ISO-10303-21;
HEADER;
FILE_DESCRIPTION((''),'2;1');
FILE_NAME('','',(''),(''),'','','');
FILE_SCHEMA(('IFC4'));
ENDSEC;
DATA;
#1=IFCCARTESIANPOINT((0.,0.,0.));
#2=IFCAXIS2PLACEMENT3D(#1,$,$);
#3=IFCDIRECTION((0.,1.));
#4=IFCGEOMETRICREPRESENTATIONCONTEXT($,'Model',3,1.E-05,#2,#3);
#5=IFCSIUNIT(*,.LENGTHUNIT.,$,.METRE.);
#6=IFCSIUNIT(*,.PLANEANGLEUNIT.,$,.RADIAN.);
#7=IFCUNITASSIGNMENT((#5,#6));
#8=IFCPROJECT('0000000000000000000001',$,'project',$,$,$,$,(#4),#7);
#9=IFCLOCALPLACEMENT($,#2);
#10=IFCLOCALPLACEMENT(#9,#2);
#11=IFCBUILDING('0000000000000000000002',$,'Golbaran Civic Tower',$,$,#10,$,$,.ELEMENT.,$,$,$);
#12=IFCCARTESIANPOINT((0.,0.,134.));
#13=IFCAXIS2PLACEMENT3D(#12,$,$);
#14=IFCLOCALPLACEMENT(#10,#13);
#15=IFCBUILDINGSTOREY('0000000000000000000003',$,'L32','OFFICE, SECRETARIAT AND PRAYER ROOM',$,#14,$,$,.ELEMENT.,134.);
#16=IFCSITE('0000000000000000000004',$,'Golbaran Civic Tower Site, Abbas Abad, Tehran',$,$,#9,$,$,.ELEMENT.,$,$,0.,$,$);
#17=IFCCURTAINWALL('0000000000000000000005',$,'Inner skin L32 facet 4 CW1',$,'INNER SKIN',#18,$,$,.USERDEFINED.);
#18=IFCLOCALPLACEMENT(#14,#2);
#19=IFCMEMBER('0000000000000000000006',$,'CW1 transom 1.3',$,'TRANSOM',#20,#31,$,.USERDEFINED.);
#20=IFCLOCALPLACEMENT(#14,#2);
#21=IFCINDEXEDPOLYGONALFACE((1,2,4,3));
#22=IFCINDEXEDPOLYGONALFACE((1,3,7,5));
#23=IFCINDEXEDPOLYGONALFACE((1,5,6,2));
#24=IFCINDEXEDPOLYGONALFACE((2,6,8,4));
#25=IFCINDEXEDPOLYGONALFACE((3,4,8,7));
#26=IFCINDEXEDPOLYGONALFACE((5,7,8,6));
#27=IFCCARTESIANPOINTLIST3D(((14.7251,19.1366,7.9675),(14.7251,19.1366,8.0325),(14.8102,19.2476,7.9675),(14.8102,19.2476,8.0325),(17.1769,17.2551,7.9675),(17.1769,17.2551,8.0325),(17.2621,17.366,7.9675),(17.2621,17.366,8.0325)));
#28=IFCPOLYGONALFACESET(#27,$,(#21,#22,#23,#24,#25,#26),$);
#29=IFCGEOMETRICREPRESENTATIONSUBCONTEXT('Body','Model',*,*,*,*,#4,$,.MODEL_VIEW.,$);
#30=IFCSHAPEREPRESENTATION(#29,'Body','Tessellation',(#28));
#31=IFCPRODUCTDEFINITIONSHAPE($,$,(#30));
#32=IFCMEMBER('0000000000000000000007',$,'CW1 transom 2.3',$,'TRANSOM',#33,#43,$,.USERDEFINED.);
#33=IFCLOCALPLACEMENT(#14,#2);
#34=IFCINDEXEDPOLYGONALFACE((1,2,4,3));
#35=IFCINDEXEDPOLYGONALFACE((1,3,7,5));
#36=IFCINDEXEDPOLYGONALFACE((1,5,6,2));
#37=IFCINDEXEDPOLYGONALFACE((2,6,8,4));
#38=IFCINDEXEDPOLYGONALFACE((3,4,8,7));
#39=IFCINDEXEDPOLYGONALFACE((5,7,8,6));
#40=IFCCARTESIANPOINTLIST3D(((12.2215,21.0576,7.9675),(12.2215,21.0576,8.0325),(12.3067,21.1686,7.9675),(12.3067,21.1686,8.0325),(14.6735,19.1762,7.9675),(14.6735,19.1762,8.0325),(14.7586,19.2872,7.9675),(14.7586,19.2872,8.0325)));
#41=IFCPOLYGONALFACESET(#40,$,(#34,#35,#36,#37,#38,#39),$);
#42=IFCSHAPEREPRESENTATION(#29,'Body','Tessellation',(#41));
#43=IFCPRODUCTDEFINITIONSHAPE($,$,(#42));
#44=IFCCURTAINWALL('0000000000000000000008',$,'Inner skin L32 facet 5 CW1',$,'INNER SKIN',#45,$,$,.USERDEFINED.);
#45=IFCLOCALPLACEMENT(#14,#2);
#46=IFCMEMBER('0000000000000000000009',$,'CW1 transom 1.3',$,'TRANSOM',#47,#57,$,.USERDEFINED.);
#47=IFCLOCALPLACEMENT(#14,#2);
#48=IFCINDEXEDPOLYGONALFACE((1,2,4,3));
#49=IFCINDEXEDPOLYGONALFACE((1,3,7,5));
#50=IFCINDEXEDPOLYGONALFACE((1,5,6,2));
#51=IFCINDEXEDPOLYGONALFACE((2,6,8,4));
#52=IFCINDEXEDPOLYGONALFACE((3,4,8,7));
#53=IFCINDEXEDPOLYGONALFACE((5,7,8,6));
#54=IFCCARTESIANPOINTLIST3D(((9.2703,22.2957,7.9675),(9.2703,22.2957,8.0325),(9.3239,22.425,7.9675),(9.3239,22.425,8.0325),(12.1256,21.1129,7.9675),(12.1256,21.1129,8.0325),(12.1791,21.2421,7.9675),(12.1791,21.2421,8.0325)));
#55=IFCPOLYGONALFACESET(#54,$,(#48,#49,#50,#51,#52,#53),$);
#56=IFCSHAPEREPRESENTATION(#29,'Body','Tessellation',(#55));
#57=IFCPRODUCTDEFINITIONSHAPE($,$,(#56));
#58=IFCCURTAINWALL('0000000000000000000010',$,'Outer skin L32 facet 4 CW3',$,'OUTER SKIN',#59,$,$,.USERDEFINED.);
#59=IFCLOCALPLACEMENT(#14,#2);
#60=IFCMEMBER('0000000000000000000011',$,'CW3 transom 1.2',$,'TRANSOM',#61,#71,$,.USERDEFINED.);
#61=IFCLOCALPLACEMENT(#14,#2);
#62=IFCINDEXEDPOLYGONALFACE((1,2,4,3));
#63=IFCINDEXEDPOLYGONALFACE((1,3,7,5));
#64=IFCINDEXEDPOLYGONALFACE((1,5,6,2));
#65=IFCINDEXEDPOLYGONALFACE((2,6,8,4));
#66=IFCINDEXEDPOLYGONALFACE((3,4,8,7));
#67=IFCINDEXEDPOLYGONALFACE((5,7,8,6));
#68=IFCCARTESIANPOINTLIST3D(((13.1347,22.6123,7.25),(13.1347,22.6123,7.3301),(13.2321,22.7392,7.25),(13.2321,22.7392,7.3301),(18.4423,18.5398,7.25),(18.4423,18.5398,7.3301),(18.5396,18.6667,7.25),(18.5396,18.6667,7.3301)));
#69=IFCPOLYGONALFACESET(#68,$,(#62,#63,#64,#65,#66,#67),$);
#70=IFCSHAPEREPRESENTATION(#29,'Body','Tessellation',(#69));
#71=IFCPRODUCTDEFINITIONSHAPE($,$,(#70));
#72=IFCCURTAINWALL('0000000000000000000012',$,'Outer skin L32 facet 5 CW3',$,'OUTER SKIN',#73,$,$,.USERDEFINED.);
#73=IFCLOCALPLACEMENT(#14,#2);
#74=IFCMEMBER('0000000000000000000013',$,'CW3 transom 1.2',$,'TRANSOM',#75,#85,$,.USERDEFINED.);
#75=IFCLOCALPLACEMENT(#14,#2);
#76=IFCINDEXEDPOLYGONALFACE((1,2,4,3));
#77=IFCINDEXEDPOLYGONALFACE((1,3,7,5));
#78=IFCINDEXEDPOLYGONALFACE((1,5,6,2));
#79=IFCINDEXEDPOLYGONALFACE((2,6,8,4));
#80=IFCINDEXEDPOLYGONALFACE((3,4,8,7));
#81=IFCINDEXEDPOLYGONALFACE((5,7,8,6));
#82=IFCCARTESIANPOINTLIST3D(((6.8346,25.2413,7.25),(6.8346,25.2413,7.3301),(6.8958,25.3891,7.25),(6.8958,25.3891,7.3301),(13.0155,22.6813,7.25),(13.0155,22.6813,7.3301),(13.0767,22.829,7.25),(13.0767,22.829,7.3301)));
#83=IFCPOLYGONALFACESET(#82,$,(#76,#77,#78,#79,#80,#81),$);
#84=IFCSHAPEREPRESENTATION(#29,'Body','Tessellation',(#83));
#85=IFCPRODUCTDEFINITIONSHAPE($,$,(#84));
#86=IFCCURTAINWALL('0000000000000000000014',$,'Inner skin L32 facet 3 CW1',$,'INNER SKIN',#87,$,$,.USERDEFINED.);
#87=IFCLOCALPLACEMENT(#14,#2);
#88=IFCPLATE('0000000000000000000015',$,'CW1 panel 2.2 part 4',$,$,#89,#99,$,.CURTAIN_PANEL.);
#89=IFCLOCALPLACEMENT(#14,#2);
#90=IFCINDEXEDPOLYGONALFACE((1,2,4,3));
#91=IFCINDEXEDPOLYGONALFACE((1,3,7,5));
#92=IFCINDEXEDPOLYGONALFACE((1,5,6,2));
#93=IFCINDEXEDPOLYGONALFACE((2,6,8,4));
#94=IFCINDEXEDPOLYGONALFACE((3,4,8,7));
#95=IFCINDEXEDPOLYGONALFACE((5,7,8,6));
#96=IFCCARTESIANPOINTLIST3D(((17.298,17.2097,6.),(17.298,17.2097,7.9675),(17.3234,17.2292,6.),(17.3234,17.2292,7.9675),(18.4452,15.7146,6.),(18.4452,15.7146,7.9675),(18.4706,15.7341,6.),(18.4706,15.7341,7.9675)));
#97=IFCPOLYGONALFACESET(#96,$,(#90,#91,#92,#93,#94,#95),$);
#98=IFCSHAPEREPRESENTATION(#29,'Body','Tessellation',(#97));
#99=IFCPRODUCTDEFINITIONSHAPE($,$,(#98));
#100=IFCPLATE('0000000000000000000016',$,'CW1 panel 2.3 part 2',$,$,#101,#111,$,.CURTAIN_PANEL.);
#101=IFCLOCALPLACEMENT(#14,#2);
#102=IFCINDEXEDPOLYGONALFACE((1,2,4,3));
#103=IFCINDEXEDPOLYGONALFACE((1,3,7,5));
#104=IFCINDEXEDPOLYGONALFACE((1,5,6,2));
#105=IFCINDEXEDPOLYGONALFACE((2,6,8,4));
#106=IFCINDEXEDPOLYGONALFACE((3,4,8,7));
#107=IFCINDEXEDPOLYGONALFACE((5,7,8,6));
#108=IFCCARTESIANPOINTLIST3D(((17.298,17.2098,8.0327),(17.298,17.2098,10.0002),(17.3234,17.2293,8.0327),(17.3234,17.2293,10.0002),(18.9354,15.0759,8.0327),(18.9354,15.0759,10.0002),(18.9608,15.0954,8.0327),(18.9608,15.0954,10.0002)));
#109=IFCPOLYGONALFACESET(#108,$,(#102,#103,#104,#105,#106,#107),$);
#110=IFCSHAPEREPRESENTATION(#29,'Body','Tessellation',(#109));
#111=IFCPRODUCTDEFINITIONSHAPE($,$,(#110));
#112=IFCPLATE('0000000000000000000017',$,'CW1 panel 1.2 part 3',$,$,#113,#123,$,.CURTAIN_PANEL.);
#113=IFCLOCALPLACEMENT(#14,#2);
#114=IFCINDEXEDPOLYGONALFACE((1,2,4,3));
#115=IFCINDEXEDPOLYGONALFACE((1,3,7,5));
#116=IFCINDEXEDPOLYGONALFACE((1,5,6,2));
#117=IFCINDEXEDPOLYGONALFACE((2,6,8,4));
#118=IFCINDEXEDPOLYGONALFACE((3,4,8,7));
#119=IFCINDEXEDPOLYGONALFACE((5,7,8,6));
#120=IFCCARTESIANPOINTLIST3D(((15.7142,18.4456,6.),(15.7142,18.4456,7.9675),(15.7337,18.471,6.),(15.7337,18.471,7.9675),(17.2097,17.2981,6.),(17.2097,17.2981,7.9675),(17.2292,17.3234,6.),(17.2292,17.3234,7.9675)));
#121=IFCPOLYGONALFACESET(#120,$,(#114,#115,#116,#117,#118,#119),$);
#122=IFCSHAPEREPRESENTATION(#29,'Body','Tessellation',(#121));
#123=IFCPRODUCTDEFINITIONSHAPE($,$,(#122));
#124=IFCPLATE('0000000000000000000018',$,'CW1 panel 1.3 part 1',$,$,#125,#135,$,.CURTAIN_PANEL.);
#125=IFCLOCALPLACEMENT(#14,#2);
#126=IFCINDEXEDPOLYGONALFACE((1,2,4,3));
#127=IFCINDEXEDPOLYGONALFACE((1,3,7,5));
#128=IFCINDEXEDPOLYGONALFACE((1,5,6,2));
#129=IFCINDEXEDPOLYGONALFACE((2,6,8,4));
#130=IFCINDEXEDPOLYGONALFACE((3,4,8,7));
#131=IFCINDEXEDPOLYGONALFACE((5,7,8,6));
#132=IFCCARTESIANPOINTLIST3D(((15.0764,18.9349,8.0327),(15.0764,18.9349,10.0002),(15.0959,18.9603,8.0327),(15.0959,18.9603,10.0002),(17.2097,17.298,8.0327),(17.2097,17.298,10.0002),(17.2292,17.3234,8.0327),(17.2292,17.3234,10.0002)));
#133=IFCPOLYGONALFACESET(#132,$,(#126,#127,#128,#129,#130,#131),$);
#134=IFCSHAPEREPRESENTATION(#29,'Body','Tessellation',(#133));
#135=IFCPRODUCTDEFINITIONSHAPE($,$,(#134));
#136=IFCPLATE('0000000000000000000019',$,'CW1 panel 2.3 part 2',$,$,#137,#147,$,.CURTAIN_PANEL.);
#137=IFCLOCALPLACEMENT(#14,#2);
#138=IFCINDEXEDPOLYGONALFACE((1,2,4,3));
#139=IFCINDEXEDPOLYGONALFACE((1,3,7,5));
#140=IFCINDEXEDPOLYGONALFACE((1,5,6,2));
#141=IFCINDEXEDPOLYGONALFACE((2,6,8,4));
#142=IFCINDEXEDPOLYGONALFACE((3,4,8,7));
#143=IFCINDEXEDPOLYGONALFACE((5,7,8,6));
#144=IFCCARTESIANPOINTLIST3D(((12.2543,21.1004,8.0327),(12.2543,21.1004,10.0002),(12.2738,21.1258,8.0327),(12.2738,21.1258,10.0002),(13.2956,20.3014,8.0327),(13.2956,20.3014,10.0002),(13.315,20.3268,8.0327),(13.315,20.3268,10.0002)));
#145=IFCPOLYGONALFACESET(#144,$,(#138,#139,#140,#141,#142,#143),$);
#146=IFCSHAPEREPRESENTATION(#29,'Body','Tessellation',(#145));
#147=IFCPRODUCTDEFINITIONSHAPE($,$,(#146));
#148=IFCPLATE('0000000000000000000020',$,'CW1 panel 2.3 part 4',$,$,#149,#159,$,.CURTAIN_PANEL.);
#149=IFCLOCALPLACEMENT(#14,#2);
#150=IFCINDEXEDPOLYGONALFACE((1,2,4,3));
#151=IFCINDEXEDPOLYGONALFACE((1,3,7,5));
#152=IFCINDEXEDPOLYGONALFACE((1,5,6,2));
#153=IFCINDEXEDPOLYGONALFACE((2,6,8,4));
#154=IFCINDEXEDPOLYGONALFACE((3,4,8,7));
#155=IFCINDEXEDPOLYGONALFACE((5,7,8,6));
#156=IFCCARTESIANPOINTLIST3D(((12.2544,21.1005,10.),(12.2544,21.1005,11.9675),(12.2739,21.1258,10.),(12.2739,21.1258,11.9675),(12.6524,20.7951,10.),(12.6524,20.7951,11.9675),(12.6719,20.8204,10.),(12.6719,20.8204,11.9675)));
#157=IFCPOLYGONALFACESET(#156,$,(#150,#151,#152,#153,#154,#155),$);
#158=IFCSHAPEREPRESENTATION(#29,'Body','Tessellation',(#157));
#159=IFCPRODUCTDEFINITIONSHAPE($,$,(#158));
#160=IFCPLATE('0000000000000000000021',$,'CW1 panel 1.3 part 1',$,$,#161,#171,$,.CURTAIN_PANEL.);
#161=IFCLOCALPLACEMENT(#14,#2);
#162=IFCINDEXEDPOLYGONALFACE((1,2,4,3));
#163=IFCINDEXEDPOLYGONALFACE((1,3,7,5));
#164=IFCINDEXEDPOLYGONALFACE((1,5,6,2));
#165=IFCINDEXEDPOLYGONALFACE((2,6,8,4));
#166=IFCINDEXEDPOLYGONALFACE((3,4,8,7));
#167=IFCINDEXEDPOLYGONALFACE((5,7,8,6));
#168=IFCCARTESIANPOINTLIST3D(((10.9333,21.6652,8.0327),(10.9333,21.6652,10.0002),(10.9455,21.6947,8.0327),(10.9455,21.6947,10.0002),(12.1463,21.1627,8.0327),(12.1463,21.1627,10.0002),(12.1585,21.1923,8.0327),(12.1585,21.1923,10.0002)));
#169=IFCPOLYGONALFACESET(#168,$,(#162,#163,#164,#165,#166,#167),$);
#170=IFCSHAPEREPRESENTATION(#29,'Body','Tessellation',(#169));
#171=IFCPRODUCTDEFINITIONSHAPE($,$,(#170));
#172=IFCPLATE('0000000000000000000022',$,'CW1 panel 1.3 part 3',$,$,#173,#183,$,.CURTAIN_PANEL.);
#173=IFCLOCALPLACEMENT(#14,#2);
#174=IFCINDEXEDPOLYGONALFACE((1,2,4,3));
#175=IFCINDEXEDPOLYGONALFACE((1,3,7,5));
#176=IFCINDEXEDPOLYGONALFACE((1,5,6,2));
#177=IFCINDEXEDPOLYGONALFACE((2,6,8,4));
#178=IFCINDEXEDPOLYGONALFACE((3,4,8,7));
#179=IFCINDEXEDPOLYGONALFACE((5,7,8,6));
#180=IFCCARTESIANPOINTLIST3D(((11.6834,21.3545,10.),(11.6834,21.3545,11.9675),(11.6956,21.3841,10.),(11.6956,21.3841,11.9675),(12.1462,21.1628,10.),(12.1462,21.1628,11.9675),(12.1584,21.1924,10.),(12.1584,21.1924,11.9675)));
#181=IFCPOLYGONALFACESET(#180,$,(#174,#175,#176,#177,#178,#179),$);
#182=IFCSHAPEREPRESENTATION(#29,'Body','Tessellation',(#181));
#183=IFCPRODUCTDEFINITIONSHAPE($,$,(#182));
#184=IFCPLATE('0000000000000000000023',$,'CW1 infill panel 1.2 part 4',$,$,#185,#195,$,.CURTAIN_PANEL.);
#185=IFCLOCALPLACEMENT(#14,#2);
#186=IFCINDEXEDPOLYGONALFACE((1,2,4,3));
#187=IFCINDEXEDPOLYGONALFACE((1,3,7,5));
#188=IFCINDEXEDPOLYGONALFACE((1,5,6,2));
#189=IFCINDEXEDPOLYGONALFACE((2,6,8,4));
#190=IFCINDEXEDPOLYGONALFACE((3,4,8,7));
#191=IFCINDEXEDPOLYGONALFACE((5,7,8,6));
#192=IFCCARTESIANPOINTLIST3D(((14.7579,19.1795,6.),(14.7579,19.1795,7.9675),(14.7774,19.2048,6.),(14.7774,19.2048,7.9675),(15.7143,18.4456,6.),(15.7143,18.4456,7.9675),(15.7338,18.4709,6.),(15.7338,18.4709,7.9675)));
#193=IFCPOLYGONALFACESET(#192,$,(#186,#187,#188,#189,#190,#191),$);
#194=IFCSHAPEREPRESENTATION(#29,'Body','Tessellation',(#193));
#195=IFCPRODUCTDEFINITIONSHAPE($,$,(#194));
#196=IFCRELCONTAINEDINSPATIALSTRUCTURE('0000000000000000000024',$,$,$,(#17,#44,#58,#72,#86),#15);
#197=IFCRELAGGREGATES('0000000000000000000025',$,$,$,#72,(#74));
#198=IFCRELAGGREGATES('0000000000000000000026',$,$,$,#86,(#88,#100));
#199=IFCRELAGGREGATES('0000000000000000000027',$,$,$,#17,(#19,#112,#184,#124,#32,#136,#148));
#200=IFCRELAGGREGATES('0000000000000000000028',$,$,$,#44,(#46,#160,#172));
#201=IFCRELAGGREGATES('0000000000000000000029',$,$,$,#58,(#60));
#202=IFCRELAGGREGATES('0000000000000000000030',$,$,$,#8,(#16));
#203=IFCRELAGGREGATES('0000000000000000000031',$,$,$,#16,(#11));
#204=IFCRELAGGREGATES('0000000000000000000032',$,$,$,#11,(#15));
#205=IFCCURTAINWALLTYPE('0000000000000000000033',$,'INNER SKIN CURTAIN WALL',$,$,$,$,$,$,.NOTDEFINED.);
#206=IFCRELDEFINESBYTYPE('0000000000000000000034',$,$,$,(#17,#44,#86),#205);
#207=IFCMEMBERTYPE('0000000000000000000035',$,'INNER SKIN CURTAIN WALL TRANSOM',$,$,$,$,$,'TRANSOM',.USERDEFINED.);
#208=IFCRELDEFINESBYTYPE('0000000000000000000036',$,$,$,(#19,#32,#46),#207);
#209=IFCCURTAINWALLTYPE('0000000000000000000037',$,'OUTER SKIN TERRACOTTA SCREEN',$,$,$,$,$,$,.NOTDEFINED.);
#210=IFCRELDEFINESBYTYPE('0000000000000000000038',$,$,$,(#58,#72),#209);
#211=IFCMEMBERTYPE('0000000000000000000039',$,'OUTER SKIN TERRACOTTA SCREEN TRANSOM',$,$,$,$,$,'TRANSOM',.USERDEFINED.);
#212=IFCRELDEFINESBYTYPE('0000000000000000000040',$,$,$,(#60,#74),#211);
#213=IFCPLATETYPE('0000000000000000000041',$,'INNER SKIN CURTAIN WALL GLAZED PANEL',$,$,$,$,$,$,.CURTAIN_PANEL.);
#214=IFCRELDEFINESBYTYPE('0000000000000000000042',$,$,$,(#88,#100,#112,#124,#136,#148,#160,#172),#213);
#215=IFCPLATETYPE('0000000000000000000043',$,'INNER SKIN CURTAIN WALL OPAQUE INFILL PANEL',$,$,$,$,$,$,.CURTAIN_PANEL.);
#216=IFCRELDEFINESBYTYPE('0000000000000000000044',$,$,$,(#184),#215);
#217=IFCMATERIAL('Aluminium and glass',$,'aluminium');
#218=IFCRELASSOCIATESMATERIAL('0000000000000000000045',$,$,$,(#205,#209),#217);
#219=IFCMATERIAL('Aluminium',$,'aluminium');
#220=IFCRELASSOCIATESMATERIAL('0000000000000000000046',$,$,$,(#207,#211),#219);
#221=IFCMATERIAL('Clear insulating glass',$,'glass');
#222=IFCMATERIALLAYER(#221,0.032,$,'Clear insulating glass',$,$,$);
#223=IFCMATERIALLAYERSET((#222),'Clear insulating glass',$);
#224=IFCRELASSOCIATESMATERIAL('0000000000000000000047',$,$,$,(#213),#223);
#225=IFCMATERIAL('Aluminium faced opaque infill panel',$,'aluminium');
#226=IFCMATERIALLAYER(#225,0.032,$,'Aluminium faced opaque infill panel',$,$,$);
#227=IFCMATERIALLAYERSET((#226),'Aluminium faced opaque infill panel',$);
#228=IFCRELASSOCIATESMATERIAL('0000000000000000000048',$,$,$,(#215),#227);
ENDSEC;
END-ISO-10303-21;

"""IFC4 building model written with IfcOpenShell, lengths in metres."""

from ifc_helpers import new_model, si_unit, direction, frame, origin, origin_2d, place, context, subcontext, project, spatial, rectangle, extrude, material, layer, layer_set, material_profile, profile_set, type_object, element, aggregate, save


model = new_model("IFC4")

# Units and contexts
model_context = context("Model", 3, precision=1e-05, world=origin(), true_north=direction((0.0, 1.0)))
body_context = subcontext(model_context, "Body", "Model", "MODEL_VIEW")
ifc_project = project(units=[si_unit("LENGTHUNIT", "METRE"), si_unit("PLANEANGLEUNIT", "RADIAN")], contexts=[model_context])

# Site, building, storey
site_placement = place(None, origin())
site = spatial("IfcSite", under=ifc_project, at=site_placement, Name="Golbaran Civic Tower Site, Abbas Abad, Tehran", CompositionType="ELEMENT", RefElevation=0.0)
building_placement = place(site_placement, origin())
building = spatial("IfcBuilding", under=site, at=building_placement, Name="Golbaran Civic Tower", CompositionType="ELEMENT")
storey_placement = place(building_placement, frame((0.0, 0.0, 134.0)))
storey = spatial("IfcBuildingStorey", under=building, at=storey_placement, Name="L32", Description="OFFICE, SECRETARIAT AND PRAYER ROOM", CompositionType="ELEMENT", Elevation=134.0)

# Curtain wall, members
ifc_material_1 = material(Name="Aluminium and glass", Category="aluminium")
curtain_wall_type_1 = type_object("IfcCurtainWallType", Name="INNER SKIN CURTAIN WALL", PredefinedType="NOTDEFINED", material=ifc_material_1)
curtain_wall_1_placement = place(storey_placement, origin())
curtain_wall_1 = element("IfcCurtainWall", 1, at=curtain_wall_1_placement, inside=storey, type_object=curtain_wall_type_1, Name="Inner skin L32 facet 4 CW1", ObjectType="INNER SKIN", PredefinedType="USERDEFINED")
ifc_material_2 = material(Name="Aluminium", Category="aluminium")
ifc_material_profile_1 = material_profile(ifc_material_2, rectangle(XDim=0.1399, YDim=0.0649, at=origin_2d()), Name="INNER SKIN CURTAIN WALL TRANSOM")
ifc_profile_set_1 = profile_set([ifc_material_profile_1], Name="Aluminium")
member_type_1 = type_object("IfcMemberType", Name="INNER SKIN CURTAIN WALL TRANSOM", ElementType="TRANSOM", PredefinedType="USERDEFINED", material=ifc_profile_set_1)
member_1_placement = place(storey_placement, frame((17.2195, 17.3105, 8.0), z_axis=(-0.793325, 0.608798, 0.0), x_axis=(-0.608798, -0.793325, 0.0)))
member_1 = element("IfcMember", 2, at=member_1_placement, type_object=member_type_1, Name="CW1 transom 1.3", ObjectType="TRANSOM", PredefinedType="USERDEFINED", context=body_context, shape_type="SweptSolid", body=[
    extrude(rectangle(XDim=0.1399, YDim=0.0649, at=origin_2d()), origin(), (0.0, 0.0, 1.0), 3.0906),
])
member_2_placement = place(storey_placement, frame((14.7161, 19.2317, 8.0), z_axis=(-0.793363, 0.608748, 0.0), x_axis=(-0.608748, -0.793363, 0.0)))
member_2 = element("IfcMember", 3, at=member_2_placement, type_object=member_type_1, Name="CW1 transom 2.3", ObjectType="TRANSOM", PredefinedType="USERDEFINED", context=body_context, shape_type="SweptSolid", body=[
    extrude(rectangle(XDim=0.1399, YDim=0.0649, at=origin_2d()), origin(), (0.0, 0.0, 1.0), 3.0906),
])

# Curtain walls, members
curtain_wall_2_placement = place(storey_placement, origin())
curtain_wall_2 = element("IfcCurtainWall", 4, at=curtain_wall_2_placement, inside=storey, type_object=curtain_wall_type_1, Name="Inner skin L32 facet 5 CW1", ObjectType="INNER SKIN", PredefinedType="USERDEFINED")
member_3_placement = place(storey_placement, frame((12.1523, 21.1775, 8.0), z_axis=(-0.923858, 0.382736, 0.0), x_axis=(-0.382736, -0.923858, 0.0)))
member_3 = element("IfcMember", 5, at=member_3_placement, type_object=member_type_1, Name="CW1 transom 1.3", ObjectType="TRANSOM", PredefinedType="USERDEFINED", context=body_context, shape_type="SweptSolid", body=[
    extrude(rectangle(XDim=0.1399, YDim=0.0649, at=origin_2d()), origin(), (0.0, 0.0, 1.0), 3.0906),
])
curtain_wall_type_2 = type_object("IfcCurtainWallType", Name="OUTER SKIN TERRACOTTA SCREEN", PredefinedType="NOTDEFINED", material=ifc_material_1)
curtain_wall_3_placement = place(storey_placement, origin())
curtain_wall_3 = element("IfcCurtainWall", 6, at=curtain_wall_3_placement, inside=storey, type_object=curtain_wall_type_2, Name="Outer skin L32 facet 4 CW3", ObjectType="OUTER SKIN", PredefinedType="USERDEFINED")
ifc_material_profile_2 = material_profile(ifc_material_2, rectangle(XDim=0.1599, YDim=0.0801, at=origin_2d()), Name="OUTER SKIN TERRACOTTA SCREEN TRANSOM")
ifc_profile_set_2 = profile_set([ifc_material_profile_2], Name="Aluminium")
member_type_2 = type_object("IfcMemberType", Name="OUTER SKIN TERRACOTTA SCREEN TRANSOM", ElementType="TRANSOM", PredefinedType="USERDEFINED", material=ifc_profile_set_2)
member_4_placement = place(storey_placement, frame((18.491, 18.6033, 7.29), z_axis=(-0.793365, 0.608746, 0.0), x_axis=(-0.608746, -0.793365, 0.0)))
member_4 = element("IfcMember", 7, at=member_4_placement, type_object=member_type_2, Name="CW3 transom 1.2", ObjectType="TRANSOM", PredefinedType="USERDEFINED", context=body_context, shape_type="SweptSolid", body=[
    extrude(rectangle(XDim=0.1599, YDim=0.0801, at=origin_2d()), origin(), (0.0, 0.0, 1.0), 6.6899),
])
curtain_wall_4_placement = place(storey_placement, origin())
curtain_wall_4 = element("IfcCurtainWall", 8, at=curtain_wall_4_placement, inside=storey, type_object=curtain_wall_type_2, Name="Outer skin L32 facet 5 CW3", ObjectType="OUTER SKIN", PredefinedType="USERDEFINED")
member_5_placement = place(storey_placement, frame((13.0461, 22.7551, 7.29), z_axis=(-0.923888, 0.382663, 0.0), x_axis=(-0.382663, -0.923888, 0.0)))
member_5 = element("IfcMember", 9, at=member_5_placement, type_object=member_type_2, Name="CW3 transom 1.2", ObjectType="TRANSOM", PredefinedType="USERDEFINED", context=body_context, shape_type="SweptSolid", body=[
    extrude(rectangle(XDim=0.1599, YDim=0.0801, at=origin_2d()), origin(), (0.0, 0.0, 1.0), 6.6902),
])
aggregate(curtain_wall_4, [member_5])

# Curtain wall, plates
curtain_wall_5_placement = place(storey_placement, origin())
curtain_wall_5 = element("IfcCurtainWall", 10, at=curtain_wall_5_placement, inside=storey, type_object=curtain_wall_type_1, Name="Inner skin L32 facet 3 CW1", ObjectType="INNER SKIN", PredefinedType="USERDEFINED")
ifc_material_3 = material(Name="Clear insulating glass", Category="glass")
ifc_layer_1 = layer(ifc_material_3, 0.032, Name="Clear insulating glass")
ifc_layer_set_1 = layer_set([ifc_layer_1], Name="Clear insulating glass")
plate_type_1 = type_object("IfcPlateType", Name="INNER SKIN CURTAIN WALL GLAZED PANEL", PredefinedType="CURTAIN_PANEL", material=ifc_layer_set_1)
plate_1_placement = place(storey_placement, frame((17.8843, 16.4719, 6.0), z_axis=(0.0, 0.0, 1.0), x_axis=(-0.608761, 0.793353, 0.0)))
plate_1 = element("IfcPlate", 11, at=plate_1_placement, type_object=plate_type_1, Name="CW1 panel 2.2 part 4", PredefinedType="CURTAIN_PANEL", context=body_context, shape_type="SweptSolid", body=[
    extrude(rectangle(XDim=1.8845, YDim=0.032, at=origin_2d()), origin(), (0.0, 0.0, 1.0), 1.9675),
])
plate_2_placement = place(storey_placement, frame((18.1294, 16.1526, 8.0327), z_axis=(0.0, 0.0, 1.0), x_axis=(-0.608761, 0.793353, 0.0)))
plate_2 = element("IfcPlate", 12, at=plate_2_placement, type_object=plate_type_1, Name="CW1 panel 2.3 part 2", PredefinedType="CURTAIN_PANEL", context=body_context, shape_type="SweptSolid", body=[
    extrude(rectangle(XDim=2.6897, YDim=0.032, at=origin_2d()), origin(), (0.0, 0.0, 1.0), 1.9675),
])
aggregate(curtain_wall_5, [plate_1, plate_2])

# Plates
plate_3_placement = place(storey_placement, frame((16.4717, 17.8845, 6.0), z_axis=(0.0, 0.0, 1.0), x_axis=(-0.793353, 0.608761, 0.0)))
plate_3 = element("IfcPlate", 13, at=plate_3_placement, type_object=plate_type_1, Name="CW1 panel 1.2 part 3", PredefinedType="CURTAIN_PANEL", context=body_context, shape_type="SweptSolid", body=[
    extrude(rectangle(XDim=1.885, YDim=0.032, at=origin_2d()), origin(), (0.0, 0.0, 1.0), 1.9675),
])
plate_4_placement = place(storey_placement, frame((16.1528, 18.1292, 8.0327), z_axis=(0.0, 0.0, 1.0), x_axis=(-0.793353, 0.608761, 0.0)))
plate_4 = element("IfcPlate", 14, at=plate_4_placement, type_object=plate_type_1, Name="CW1 panel 1.3 part 1", PredefinedType="CURTAIN_PANEL", context=body_context, shape_type="SweptSolid", body=[
    extrude(rectangle(XDim=2.689, YDim=0.032, at=origin_2d()), origin(), (0.0, 0.0, 1.0), 1.9675),
])
plate_5_placement = place(storey_placement, frame((12.7847, 20.7136, 8.0327), z_axis=(0.0, 0.0, 1.0), x_axis=(-0.793353, 0.608761, 0.0)))
plate_5 = element("IfcPlate", 15, at=plate_5_placement, type_object=plate_type_1, Name="CW1 panel 2.3 part 2", PredefinedType="CURTAIN_PANEL", context=body_context, shape_type="SweptSolid", body=[
    extrude(rectangle(XDim=1.3125, YDim=0.032, at=origin_2d()), origin(), (0.0, 0.0, 1.0), 1.9675),
])
plate_6_placement = place(storey_placement, frame((12.4631, 20.9604, 10.0), z_axis=(0.0, 0.0, 1.0), x_axis=(-0.793353, 0.608761, 0.0)))
plate_6 = element("IfcPlate", 16, at=plate_6_placement, type_object=plate_type_1, Name="CW1 panel 2.3 part 4", PredefinedType="CURTAIN_PANEL", context=body_context, shape_type="SweptSolid", body=[
    extrude(rectangle(XDim=0.5017, YDim=0.032, at=origin_2d()), origin(), (0.0, 0.0, 1.0), 1.9675),
])
plate_7_placement = place(storey_placement, frame((11.5459, 21.4287, 8.0327), z_axis=(0.0, 0.0, 1.0), x_axis=(-0.92388, 0.382683, 0.0)))
plate_7 = element("IfcPlate", 17, at=plate_7_placement, type_object=plate_type_1, Name="CW1 panel 1.3 part 1", PredefinedType="CURTAIN_PANEL", context=body_context, shape_type="SweptSolid", body=[
    extrude(rectangle(XDim=1.313, YDim=0.032, at=origin_2d()), origin(), (0.0, 0.0, 1.0), 1.9675),
])
plate_8_placement = place(storey_placement, frame((11.9209, 21.2734, 10.0), z_axis=(0.0, 0.0, 1.0), x_axis=(-0.92388, 0.382683, 0.0)))
plate_8 = element("IfcPlate", 18, at=plate_8_placement, type_object=plate_type_1, Name="CW1 panel 1.3 part 3", PredefinedType="CURTAIN_PANEL", context=body_context, shape_type="SweptSolid", body=[
    extrude(rectangle(XDim=0.501, YDim=0.032, at=origin_2d()), origin(), (0.0, 0.0, 1.0), 1.9675),
])
ifc_material_4 = material(Name="Aluminium faced opaque infill panel", Category="aluminium")
ifc_layer_2 = layer(ifc_material_4, 0.032, Name="Aluminium faced opaque infill panel")
ifc_layer_set_2 = layer_set([ifc_layer_2], Name="Aluminium faced opaque infill panel")
plate_type_2 = type_object("IfcPlateType", Name="INNER SKIN CURTAIN WALL OPAQUE INFILL PANEL", PredefinedType="CURTAIN_PANEL", material=ifc_layer_set_2)
plate_9_placement = place(storey_placement, frame((15.2458, 18.8252, 6.0), z_axis=(0.0, 0.0, 1.0), x_axis=(-0.793353, 0.608761, 0.0)))
plate_9 = element("IfcPlate", 19, at=plate_9_placement, type_object=plate_type_2, Name="CW1 infill panel 1.2 part 4", PredefinedType="CURTAIN_PANEL", context=body_context, shape_type="SweptSolid", body=[
    extrude(rectangle(XDim=1.2056, YDim=0.032, at=origin_2d()), origin(), (0.0, 0.0, 1.0), 1.9675),
])
aggregate(curtain_wall_1, [member_1, plate_3, plate_9, plate_4, member_2, plate_5, plate_6])
aggregate(curtain_wall_2, [member_3, plate_7, plate_8])
aggregate(curtain_wall_3, [member_4])

save(model, "model.ifc")
